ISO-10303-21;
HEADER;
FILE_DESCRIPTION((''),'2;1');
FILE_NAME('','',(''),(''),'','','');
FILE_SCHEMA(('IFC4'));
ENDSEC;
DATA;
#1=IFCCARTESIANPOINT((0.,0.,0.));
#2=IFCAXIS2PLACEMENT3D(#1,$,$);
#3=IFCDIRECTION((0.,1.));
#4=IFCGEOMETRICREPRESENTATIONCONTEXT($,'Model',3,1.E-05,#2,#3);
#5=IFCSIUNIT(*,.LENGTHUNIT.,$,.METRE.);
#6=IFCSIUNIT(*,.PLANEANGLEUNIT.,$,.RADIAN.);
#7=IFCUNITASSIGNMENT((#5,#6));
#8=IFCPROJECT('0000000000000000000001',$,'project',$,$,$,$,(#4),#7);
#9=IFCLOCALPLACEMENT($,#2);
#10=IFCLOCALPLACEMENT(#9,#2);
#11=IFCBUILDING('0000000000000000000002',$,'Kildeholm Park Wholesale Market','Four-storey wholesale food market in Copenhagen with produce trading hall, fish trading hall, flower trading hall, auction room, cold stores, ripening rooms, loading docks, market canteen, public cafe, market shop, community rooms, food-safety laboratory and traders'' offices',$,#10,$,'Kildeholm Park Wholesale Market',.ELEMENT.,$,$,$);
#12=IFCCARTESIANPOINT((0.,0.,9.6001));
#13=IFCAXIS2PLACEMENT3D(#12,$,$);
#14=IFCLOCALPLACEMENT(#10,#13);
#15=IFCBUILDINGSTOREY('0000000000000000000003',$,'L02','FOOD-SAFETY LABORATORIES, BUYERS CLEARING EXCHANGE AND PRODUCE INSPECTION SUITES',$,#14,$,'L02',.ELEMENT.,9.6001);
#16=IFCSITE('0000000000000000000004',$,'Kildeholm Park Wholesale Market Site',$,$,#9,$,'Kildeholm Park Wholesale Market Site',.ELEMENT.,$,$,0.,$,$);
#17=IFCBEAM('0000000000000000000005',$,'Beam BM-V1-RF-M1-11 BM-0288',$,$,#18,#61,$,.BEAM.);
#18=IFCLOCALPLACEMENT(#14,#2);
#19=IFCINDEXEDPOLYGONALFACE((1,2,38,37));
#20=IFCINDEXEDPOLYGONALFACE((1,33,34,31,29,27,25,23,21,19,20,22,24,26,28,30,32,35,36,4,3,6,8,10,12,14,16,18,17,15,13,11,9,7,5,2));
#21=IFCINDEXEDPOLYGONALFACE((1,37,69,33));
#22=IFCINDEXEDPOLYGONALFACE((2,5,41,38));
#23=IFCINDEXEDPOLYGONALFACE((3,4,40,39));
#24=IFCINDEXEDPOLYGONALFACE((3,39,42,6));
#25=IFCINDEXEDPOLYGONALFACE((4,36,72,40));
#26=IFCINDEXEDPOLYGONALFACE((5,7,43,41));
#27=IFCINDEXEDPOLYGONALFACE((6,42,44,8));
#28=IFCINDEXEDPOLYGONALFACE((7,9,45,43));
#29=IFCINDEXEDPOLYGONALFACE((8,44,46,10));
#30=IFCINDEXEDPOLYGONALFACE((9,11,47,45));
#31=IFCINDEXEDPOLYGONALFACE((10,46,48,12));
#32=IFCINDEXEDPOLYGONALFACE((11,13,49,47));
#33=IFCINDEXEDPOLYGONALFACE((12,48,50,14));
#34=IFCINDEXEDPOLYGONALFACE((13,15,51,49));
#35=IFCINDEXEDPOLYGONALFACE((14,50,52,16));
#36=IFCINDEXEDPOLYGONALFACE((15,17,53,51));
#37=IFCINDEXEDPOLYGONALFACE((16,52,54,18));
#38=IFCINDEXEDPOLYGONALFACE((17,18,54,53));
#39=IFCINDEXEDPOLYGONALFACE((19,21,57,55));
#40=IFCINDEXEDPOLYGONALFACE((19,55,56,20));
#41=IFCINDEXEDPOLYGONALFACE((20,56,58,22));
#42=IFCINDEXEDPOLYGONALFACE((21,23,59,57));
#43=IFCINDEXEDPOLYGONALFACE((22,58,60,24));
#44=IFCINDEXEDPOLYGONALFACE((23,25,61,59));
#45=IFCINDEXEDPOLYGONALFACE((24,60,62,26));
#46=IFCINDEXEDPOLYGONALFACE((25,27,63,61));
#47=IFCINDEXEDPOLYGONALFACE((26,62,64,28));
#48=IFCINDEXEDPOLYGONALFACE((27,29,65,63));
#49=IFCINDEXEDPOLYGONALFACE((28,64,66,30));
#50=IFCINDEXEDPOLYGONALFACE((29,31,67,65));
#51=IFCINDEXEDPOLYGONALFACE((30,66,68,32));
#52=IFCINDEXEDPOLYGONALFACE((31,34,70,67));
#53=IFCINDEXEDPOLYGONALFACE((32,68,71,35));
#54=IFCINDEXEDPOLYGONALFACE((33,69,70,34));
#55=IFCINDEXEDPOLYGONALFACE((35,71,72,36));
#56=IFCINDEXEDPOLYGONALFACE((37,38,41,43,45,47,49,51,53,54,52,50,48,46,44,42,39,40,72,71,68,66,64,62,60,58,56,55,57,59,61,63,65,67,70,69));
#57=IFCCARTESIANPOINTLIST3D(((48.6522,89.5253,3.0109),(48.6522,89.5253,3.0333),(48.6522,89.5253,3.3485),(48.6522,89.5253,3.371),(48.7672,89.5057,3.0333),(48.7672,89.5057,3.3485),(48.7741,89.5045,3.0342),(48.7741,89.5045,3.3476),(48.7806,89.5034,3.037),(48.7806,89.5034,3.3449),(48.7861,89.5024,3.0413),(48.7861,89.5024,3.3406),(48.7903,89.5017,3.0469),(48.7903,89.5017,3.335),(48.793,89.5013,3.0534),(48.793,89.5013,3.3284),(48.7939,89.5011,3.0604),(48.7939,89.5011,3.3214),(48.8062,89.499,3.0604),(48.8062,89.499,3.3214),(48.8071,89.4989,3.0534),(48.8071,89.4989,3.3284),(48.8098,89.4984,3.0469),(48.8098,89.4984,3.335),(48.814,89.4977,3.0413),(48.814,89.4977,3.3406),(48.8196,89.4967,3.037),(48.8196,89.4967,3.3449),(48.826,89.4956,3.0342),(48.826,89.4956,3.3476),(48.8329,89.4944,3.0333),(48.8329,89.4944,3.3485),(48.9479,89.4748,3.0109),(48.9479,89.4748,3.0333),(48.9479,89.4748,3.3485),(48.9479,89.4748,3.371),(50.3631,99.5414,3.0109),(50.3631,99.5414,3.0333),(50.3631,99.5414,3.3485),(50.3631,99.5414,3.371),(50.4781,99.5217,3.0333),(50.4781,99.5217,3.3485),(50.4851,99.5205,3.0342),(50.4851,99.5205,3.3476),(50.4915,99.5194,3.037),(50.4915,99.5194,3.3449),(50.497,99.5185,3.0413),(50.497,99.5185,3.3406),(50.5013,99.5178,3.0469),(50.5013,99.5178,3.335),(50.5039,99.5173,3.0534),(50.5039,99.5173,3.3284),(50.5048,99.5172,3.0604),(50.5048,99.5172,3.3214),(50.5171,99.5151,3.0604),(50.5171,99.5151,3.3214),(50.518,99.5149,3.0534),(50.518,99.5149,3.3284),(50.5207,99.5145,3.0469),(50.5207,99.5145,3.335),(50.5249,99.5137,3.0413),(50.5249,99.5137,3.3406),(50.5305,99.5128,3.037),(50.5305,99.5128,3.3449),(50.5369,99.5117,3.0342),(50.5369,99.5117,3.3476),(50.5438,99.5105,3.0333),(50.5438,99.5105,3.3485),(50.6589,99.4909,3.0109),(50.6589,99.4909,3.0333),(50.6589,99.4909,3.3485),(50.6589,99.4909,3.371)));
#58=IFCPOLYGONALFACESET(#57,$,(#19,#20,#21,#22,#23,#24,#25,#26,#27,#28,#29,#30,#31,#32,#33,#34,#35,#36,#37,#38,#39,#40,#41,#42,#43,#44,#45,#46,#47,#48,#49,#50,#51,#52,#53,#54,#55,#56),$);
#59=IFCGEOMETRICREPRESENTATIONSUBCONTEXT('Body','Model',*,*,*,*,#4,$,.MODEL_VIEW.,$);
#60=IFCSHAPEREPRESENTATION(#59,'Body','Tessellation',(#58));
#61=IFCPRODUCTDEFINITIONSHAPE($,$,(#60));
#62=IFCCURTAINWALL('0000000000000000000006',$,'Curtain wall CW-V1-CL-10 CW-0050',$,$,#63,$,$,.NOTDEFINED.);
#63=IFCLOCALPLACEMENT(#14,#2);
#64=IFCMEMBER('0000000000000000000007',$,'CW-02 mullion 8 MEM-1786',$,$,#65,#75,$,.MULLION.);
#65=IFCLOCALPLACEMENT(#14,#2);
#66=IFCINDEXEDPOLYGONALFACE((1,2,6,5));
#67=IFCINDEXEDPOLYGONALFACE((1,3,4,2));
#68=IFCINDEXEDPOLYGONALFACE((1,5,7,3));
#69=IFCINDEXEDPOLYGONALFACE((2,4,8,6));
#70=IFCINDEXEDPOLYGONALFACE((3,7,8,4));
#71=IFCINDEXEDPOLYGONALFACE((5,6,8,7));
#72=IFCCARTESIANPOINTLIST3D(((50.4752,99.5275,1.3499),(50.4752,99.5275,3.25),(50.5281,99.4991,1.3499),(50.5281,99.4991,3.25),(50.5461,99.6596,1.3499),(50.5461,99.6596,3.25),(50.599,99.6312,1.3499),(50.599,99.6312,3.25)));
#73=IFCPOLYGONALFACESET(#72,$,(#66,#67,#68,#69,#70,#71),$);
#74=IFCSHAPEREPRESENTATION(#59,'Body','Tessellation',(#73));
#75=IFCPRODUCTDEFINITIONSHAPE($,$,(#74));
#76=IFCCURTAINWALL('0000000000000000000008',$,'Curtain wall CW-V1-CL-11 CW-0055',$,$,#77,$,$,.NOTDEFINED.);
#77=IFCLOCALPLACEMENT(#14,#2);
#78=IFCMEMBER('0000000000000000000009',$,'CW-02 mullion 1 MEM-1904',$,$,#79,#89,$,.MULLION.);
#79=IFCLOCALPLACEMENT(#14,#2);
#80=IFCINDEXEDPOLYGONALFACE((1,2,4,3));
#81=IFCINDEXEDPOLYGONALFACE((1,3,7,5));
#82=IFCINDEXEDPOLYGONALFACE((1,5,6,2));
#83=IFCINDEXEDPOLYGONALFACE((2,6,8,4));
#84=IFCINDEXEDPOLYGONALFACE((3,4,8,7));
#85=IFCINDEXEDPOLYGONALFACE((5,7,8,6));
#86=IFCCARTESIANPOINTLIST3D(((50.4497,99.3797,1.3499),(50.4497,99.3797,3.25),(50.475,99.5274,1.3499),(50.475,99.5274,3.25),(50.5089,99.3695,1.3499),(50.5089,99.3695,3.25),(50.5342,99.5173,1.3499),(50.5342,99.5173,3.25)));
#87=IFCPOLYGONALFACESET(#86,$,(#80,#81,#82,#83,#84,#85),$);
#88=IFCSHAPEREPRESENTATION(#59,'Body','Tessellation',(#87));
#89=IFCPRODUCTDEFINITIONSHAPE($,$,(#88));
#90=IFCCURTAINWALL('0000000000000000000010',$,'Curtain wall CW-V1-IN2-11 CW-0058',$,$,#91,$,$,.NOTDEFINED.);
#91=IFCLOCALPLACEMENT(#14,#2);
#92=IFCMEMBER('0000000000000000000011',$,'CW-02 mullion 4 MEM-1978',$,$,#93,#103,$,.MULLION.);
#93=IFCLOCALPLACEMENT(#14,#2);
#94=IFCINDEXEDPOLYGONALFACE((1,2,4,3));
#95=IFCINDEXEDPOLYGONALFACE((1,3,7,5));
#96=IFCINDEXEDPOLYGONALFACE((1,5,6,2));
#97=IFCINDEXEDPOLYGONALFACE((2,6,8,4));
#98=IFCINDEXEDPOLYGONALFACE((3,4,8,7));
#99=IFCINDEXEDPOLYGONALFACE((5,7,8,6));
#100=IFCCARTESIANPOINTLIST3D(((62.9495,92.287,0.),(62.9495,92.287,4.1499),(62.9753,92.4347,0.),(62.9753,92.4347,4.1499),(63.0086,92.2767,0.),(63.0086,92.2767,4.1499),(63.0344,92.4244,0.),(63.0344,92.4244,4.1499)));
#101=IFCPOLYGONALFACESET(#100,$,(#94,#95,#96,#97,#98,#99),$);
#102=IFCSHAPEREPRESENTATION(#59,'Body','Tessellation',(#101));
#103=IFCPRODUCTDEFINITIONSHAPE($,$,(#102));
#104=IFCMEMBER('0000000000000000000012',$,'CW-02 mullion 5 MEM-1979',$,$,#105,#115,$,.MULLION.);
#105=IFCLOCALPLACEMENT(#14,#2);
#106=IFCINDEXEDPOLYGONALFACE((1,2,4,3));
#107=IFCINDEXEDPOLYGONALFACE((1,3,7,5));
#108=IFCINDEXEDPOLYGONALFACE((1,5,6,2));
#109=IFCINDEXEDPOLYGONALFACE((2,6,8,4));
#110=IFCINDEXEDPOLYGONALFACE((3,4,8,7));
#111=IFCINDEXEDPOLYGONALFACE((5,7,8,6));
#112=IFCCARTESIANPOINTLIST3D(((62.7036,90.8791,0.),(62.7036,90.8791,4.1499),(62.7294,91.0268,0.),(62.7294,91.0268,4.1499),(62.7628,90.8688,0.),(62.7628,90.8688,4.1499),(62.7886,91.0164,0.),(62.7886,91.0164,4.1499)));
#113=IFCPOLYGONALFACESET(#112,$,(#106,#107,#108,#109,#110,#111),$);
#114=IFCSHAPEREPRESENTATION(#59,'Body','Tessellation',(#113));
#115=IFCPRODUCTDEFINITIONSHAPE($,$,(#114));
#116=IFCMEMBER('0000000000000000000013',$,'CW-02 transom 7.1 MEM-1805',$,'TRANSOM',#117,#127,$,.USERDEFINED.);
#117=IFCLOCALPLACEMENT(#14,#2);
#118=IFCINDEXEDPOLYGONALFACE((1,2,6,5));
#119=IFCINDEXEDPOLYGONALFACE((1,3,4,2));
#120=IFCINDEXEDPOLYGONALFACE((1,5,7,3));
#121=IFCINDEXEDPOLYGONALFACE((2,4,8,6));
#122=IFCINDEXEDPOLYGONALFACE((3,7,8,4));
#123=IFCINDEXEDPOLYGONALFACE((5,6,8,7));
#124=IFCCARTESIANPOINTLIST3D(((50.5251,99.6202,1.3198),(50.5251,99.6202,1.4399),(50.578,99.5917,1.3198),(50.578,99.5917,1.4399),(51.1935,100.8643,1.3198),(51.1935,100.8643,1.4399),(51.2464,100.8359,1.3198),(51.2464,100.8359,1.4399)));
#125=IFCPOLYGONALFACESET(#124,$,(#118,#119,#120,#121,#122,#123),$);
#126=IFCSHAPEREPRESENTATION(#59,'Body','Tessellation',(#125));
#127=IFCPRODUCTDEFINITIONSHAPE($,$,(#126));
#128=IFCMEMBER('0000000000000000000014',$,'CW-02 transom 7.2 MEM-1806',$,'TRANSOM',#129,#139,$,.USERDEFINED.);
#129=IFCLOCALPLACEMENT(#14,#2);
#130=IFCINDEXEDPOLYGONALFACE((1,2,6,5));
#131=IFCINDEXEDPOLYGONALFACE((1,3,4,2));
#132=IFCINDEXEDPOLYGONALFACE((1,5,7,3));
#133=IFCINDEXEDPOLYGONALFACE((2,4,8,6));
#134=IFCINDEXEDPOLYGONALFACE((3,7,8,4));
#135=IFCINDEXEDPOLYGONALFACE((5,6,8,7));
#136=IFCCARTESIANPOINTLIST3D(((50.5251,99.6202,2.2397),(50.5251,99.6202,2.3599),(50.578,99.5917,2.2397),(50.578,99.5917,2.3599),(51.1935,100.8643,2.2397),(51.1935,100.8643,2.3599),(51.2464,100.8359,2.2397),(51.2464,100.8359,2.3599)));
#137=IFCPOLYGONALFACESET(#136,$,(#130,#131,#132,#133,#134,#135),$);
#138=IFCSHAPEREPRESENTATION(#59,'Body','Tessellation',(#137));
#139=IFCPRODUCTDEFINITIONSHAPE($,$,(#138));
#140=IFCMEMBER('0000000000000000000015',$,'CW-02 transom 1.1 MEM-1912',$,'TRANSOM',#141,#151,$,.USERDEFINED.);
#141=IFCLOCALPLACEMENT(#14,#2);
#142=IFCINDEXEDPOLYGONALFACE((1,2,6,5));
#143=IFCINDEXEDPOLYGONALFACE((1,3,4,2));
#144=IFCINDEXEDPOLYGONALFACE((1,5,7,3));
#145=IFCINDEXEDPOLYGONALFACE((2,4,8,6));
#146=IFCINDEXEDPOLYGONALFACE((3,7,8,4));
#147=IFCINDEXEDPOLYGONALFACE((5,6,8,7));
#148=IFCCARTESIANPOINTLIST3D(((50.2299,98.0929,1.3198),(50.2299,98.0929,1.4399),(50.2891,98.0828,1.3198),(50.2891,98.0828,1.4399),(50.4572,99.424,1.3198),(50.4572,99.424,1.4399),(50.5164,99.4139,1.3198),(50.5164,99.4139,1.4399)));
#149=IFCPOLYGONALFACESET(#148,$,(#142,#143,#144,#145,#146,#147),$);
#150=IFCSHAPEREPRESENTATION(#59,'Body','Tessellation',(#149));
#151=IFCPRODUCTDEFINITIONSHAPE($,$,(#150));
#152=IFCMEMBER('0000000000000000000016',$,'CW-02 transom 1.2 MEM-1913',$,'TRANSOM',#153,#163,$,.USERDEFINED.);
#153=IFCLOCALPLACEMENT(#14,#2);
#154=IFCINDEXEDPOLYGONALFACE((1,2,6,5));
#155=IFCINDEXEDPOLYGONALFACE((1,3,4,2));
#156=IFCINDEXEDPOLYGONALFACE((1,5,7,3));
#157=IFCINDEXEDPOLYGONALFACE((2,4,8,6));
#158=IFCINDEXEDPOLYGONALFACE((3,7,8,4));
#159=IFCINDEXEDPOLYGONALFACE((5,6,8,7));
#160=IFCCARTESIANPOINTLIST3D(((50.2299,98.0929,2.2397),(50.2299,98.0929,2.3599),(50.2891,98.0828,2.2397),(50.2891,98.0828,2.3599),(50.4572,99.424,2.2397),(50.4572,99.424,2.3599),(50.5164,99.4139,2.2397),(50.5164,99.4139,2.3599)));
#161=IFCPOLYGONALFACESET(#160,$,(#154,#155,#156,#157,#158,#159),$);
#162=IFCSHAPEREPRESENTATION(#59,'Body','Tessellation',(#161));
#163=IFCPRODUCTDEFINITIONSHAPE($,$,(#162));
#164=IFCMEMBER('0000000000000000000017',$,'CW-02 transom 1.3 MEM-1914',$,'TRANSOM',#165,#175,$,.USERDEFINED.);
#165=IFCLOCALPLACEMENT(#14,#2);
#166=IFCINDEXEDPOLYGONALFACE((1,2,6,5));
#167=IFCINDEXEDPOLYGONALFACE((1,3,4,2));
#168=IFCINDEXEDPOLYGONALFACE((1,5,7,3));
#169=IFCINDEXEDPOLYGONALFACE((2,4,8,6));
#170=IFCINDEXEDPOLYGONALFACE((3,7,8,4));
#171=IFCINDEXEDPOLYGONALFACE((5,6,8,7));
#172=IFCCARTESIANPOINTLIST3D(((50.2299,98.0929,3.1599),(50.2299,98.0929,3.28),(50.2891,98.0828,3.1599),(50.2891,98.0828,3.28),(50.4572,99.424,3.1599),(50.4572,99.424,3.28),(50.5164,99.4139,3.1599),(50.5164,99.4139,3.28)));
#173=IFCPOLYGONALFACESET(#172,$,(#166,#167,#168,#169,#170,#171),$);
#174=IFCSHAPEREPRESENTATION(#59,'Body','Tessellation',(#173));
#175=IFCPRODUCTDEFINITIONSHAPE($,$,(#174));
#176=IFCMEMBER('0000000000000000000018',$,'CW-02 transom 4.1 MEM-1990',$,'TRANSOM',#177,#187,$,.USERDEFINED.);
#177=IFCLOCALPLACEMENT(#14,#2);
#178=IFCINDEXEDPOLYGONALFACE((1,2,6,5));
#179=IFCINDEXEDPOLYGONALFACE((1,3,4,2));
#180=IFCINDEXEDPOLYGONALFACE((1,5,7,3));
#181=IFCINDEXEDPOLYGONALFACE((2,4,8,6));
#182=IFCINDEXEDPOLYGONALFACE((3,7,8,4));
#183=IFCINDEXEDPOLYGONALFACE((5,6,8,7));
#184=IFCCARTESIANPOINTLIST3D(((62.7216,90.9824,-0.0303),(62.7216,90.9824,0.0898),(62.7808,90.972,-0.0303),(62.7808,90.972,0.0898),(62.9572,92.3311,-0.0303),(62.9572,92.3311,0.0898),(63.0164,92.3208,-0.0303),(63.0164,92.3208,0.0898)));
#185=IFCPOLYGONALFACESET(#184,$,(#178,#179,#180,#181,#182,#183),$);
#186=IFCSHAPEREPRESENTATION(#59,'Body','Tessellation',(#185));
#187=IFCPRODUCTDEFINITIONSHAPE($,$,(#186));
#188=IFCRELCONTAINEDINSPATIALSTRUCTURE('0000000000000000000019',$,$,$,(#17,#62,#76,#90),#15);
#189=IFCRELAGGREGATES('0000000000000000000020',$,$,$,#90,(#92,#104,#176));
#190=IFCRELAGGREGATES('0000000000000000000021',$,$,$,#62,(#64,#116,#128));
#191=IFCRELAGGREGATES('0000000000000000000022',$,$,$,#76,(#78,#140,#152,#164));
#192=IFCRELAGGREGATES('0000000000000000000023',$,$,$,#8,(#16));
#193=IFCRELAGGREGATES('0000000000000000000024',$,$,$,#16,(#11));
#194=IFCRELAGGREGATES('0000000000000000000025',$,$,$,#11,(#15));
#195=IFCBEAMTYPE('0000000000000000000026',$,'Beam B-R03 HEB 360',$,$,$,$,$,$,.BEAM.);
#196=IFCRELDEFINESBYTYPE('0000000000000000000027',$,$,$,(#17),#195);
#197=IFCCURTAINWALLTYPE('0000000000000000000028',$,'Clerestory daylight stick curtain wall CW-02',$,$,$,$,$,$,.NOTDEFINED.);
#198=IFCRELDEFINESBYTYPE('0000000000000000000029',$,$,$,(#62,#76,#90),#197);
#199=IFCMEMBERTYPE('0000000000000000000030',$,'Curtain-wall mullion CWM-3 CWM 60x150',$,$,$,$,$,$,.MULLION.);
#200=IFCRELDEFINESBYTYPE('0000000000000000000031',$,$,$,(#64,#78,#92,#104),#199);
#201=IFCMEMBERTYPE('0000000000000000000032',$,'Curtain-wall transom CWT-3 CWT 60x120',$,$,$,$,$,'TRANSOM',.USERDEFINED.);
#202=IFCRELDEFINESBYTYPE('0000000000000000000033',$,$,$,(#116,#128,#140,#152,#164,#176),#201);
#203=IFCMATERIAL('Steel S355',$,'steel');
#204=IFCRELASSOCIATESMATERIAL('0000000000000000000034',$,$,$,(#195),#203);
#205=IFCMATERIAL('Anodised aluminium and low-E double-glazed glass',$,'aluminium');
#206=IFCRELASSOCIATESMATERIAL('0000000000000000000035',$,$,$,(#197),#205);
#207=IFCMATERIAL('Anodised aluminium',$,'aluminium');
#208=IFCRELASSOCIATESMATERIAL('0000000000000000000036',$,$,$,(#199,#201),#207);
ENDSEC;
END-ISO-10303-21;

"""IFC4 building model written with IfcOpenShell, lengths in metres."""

from ifc_helpers import new_model, si_unit, direction, frame, origin, origin_2d, place, context, subcontext, project, spatial, rectangle, i_section, extrude, material, material_profile, profile_set, type_object, element, aggregate, save


model = new_model("IFC4")

# Units and contexts
model_context = context("Model", 3, precision=1e-05, world=origin(), true_north=direction((0.0, 1.0)))
body_context = subcontext(model_context, "Body", "Model", "MODEL_VIEW")
ifc_project = project(units=[si_unit("LENGTHUNIT", "METRE"), si_unit("PLANEANGLEUNIT", "RADIAN")], contexts=[model_context])

# Site, building, storey
site_placement = place(None, origin())
site = spatial("IfcSite", under=ifc_project, at=site_placement, Name="Kildeholm Park Wholesale Market Site", LongName="Kildeholm Park Wholesale Market Site", CompositionType="ELEMENT", RefElevation=0.0)
building_placement = place(site_placement, origin())
building = spatial("IfcBuilding", under=site, at=building_placement, Name="Kildeholm Park Wholesale Market", Description="Four-storey wholesale food market in Copenhagen with produce trading hall, fish trading hall, flower trading hall, auction room, cold stores, ripening rooms, loading docks, market canteen, public cafe, market shop, community rooms, food-safety laboratory and traders' offices", LongName="Kildeholm Park Wholesale Market", CompositionType="ELEMENT")
storey_placement = place(building_placement, frame((0.0, 0.0, 9.6001)))
storey = spatial("IfcBuildingStorey", under=building, at=storey_placement, Name="L02", Description="FOOD-SAFETY LABORATORIES, BUYERS CLEARING EXCHANGE AND PRODUCE INSPECTION SUITES", LongName="L02", CompositionType="ELEMENT", Elevation=9.6001)

# Shared definitions
ifc_material_1 = material(Name="Steel S355", Category="steel")

# Beam
ifc_material_profile_1 = material_profile(ifc_material_1, i_section(OverallWidth=0.3, OverallDepth=0.3601, WebThickness=0.0125, FlangeThickness=0.0225, FilletRadius=0.0271, at=origin_2d()), Name="HEB 360")
ifc_profile_set_1 = profile_set([ifc_material_profile_1], Name="Steel S355")
beam_type_1 = type_object("IfcBeamType", Name="Beam B-R03 HEB 360", PredefinedType="BEAM", material=ifc_profile_set_1)
beam_1_placement = place(storey_placement, frame((50.511, 99.5161, 3.1909), z_axis=(-0.16838, -0.985722, 0.0), x_axis=(0.985722, -0.16838, 0.0)))
element("IfcBeam", 1, at=beam_1_placement, inside=storey, type_object=beam_type_1, Name="Beam BM-V1-RF-M1-11 BM-0288", PredefinedType="BEAM", context=body_context, shape_type="SweptSolid", body=[
    extrude(i_section(OverallWidth=0.3, OverallDepth=0.3601, WebThickness=0.0125, FlangeThickness=0.0225, FilletRadius=0.0271, at=origin_2d()), origin(), (0.0, 0.0, 1.0), 10.1611),
])

# Curtain walls, members
ifc_material_2 = material(Name="Anodised aluminium and low-E double-glazed glass", Category="aluminium")
curtain_wall_type = type_object("IfcCurtainWallType", Name="Clerestory daylight stick curtain wall CW-02", PredefinedType="NOTDEFINED", material=ifc_material_2)
curtain_wall_1_placement = place(storey_placement, origin())
curtain_wall_1 = element("IfcCurtainWall", 2, at=curtain_wall_1_placement, inside=storey, type_object=curtain_wall_type, Name="Curtain wall CW-V1-CL-10 CW-0050", PredefinedType="NOTDEFINED")
ifc_material_3 = material(Name="Anodised aluminium", Category="aluminium")
ifc_material_profile_2 = material_profile(ifc_material_3, rectangle(XDim=0.0601, YDim=0.1499, at=origin_2d()), Name="CWM 60x150")
ifc_profile_set_2 = profile_set([ifc_material_profile_2], Name="Anodised aluminium")
member_type_1 = type_object("IfcMemberType", Name="Curtain-wall mullion CWM-3 CWM 60x150", PredefinedType="MULLION", material=ifc_profile_set_2)
member_1_placement = place(storey_placement, frame((50.5371, 99.5793, 1.3499), z_axis=(0.0, 0.0, 1.0), x_axis=(0.88088, -0.47334, 0.0)))
member_1 = element("IfcMember", 3, at=member_1_placement, type_object=member_type_1, Name="CW-02 mullion 8 MEM-1786", PredefinedType="MULLION", context=body_context, shape_type="SweptSolid", body=[
    extrude(rectangle(XDim=0.0601, YDim=0.1499, at=origin_2d()), origin(), (0.0, 0.0, 1.0), 1.9001),
])
curtain_wall_2_placement = place(storey_placement, origin())
curtain_wall_2 = element("IfcCurtainWall", 4, at=curtain_wall_2_placement, inside=storey, type_object=curtain_wall_type, Name="Curtain wall CW-V1-CL-11 CW-0055", PredefinedType="NOTDEFINED")
member_2_placement = place(storey_placement, frame((50.4919, 99.4485, 1.3499), z_axis=(0.0, 0.0, 1.0), x_axis=(0.985732, -0.168322, 0.0)))
member_2 = element("IfcMember", 5, at=member_2_placement, type_object=member_type_1, Name="CW-02 mullion 1 MEM-1904", PredefinedType="MULLION", context=body_context, shape_type="SweptSolid", body=[
    extrude(rectangle(XDim=0.0601, YDim=0.1499, at=origin_2d()), origin(), (0.0, 0.0, 1.0), 1.9001),
])

# Curtain wall, members
curtain_wall_3_placement = place(storey_placement, origin())
curtain_wall_3 = element("IfcCurtainWall", 6, at=curtain_wall_3_placement, inside=storey, type_object=curtain_wall_type, Name="Curtain wall CW-V1-IN2-11 CW-0058", PredefinedType="NOTDEFINED")
member_3_placement = place(storey_placement, frame((62.9919, 92.3557, 0.0), z_axis=(0.0, 0.0, 1.0), x_axis=(0.985074, -0.172133, 0.0)))
member_3 = element("IfcMember", 7, at=member_3_placement, type_object=member_type_1, Name="CW-02 mullion 4 MEM-1978", PredefinedType="MULLION", context=body_context, shape_type="SweptSolid", body=[
    extrude(rectangle(XDim=0.0601, YDim=0.1499, at=origin_2d()), origin(), (0.0, 0.0, 1.0), 4.1499),
])
member_4_placement = place(storey_placement, frame((62.7461, 90.9478, 0.0), z_axis=(0.0, 0.0, 1.0), x_axis=(0.985074, -0.172133, 0.0)))
member_4 = element("IfcMember", 8, at=member_4_placement, type_object=member_type_1, Name="CW-02 mullion 5 MEM-1979", PredefinedType="MULLION", context=body_context, shape_type="SweptSolid", body=[
    extrude(rectangle(XDim=0.0601, YDim=0.1499, at=origin_2d()), origin(), (0.0, 0.0, 1.0), 4.1499),
])

# Members
ifc_material_profile_3 = material_profile(ifc_material_3, rectangle(XDim=0.0601, YDim=0.1201, at=origin_2d()), Name="CWT 60x120")
ifc_profile_set_3 = profile_set([ifc_material_profile_3], Name="Anodised aluminium")
member_type_2 = type_object("IfcMemberType", Name="Curtain-wall transom CWT-3 CWT 60x120", ElementType="TRANSOM", PredefinedType="USERDEFINED", material=ifc_profile_set_3)
member_5_placement = place(storey_placement, frame((51.22, 100.8501, 1.3799), z_axis=(-0.473296, -0.880904, 0.0), x_axis=(0.880904, -0.473296, 0.0)))
member_5 = element("IfcMember", 9, at=member_5_placement, type_object=member_type_2, Name="CW-02 transom 7.1 MEM-1805", ObjectType="TRANSOM", PredefinedType="USERDEFINED", context=body_context, shape_type="SweptSolid", body=[
    extrude(rectangle(XDim=0.0601, YDim=0.1201, at=origin_2d()), origin(), (0.0, 0.0, 1.0), 1.4124),
])
member_6_placement = place(storey_placement, frame((51.22, 100.8501, 2.2998), z_axis=(-0.473296, -0.880904, 0.0), x_axis=(0.880904, -0.473296, 0.0)))
member_6 = element("IfcMember", 10, at=member_6_placement, type_object=member_type_2, Name="CW-02 transom 7.2 MEM-1806", ObjectType="TRANSOM", PredefinedType="USERDEFINED", context=body_context, shape_type="SweptSolid", body=[
    extrude(rectangle(XDim=0.0601, YDim=0.1201, at=origin_2d()), origin(), (0.0, 0.0, 1.0), 1.4124),
])
member_7_placement = place(storey_placement, frame((50.4868, 99.4189, 1.3799), z_axis=(-0.168326, -0.985731, 0.0), x_axis=(0.985731, -0.168326, 0.0)))
member_7 = element("IfcMember", 11, at=member_7_placement, type_object=member_type_2, Name="CW-02 transom 1.1 MEM-1912", ObjectType="TRANSOM", PredefinedType="USERDEFINED", context=body_context, shape_type="SweptSolid", body=[
    extrude(rectangle(XDim=0.0601, YDim=0.1201, at=origin_2d()), origin(), (0.0, 0.0, 1.0), 1.3503),
])
member_8_placement = place(storey_placement, frame((50.4868, 99.4189, 2.2998), z_axis=(-0.168326, -0.985731, 0.0), x_axis=(0.985731, -0.168326, 0.0)))
member_8 = element("IfcMember", 12, at=member_8_placement, type_object=member_type_2, Name="CW-02 transom 1.2 MEM-1913", ObjectType="TRANSOM", PredefinedType="USERDEFINED", context=body_context, shape_type="SweptSolid", body=[
    extrude(rectangle(XDim=0.0601, YDim=0.1201, at=origin_2d()), origin(), (0.0, 0.0, 1.0), 1.3503),
])
member_9_placement = place(storey_placement, frame((50.4868, 99.4189, 3.22), z_axis=(-0.168326, -0.985731, 0.0), x_axis=(0.985731, -0.168326, 0.0)))
member_9 = element("IfcMember", 13, at=member_9_placement, type_object=member_type_2, Name="CW-02 transom 1.3 MEM-1914", ObjectType="TRANSOM", PredefinedType="USERDEFINED", context=body_context, shape_type="SweptSolid", body=[
    extrude(rectangle(XDim=0.0601, YDim=0.1201, at=origin_2d()), origin(), (0.0, 0.0, 1.0), 1.3503),
])
member_10_placement = place(storey_placement, frame((62.9868, 92.3259, 0.0298), z_axis=(-0.172086, -0.985082, 0.0), x_axis=(0.985082, -0.172086, 0.0)))
member_10 = element("IfcMember", 14, at=member_10_placement, type_object=member_type_2, Name="CW-02 transom 4.1 MEM-1990", ObjectType="TRANSOM", PredefinedType="USERDEFINED", context=body_context, shape_type="SweptSolid", body=[
    extrude(rectangle(XDim=0.0601, YDim=0.1201, at=origin_2d()), origin(), (0.0, 0.0, 1.0), 1.3691),
])

aggregate(curtain_wall_3, [member_3, member_4, member_10])
aggregate(curtain_wall_1, [member_1, member_5, member_6])
aggregate(curtain_wall_2, [member_2, member_7, member_8, member_9])

save(model, "model.ifc")
